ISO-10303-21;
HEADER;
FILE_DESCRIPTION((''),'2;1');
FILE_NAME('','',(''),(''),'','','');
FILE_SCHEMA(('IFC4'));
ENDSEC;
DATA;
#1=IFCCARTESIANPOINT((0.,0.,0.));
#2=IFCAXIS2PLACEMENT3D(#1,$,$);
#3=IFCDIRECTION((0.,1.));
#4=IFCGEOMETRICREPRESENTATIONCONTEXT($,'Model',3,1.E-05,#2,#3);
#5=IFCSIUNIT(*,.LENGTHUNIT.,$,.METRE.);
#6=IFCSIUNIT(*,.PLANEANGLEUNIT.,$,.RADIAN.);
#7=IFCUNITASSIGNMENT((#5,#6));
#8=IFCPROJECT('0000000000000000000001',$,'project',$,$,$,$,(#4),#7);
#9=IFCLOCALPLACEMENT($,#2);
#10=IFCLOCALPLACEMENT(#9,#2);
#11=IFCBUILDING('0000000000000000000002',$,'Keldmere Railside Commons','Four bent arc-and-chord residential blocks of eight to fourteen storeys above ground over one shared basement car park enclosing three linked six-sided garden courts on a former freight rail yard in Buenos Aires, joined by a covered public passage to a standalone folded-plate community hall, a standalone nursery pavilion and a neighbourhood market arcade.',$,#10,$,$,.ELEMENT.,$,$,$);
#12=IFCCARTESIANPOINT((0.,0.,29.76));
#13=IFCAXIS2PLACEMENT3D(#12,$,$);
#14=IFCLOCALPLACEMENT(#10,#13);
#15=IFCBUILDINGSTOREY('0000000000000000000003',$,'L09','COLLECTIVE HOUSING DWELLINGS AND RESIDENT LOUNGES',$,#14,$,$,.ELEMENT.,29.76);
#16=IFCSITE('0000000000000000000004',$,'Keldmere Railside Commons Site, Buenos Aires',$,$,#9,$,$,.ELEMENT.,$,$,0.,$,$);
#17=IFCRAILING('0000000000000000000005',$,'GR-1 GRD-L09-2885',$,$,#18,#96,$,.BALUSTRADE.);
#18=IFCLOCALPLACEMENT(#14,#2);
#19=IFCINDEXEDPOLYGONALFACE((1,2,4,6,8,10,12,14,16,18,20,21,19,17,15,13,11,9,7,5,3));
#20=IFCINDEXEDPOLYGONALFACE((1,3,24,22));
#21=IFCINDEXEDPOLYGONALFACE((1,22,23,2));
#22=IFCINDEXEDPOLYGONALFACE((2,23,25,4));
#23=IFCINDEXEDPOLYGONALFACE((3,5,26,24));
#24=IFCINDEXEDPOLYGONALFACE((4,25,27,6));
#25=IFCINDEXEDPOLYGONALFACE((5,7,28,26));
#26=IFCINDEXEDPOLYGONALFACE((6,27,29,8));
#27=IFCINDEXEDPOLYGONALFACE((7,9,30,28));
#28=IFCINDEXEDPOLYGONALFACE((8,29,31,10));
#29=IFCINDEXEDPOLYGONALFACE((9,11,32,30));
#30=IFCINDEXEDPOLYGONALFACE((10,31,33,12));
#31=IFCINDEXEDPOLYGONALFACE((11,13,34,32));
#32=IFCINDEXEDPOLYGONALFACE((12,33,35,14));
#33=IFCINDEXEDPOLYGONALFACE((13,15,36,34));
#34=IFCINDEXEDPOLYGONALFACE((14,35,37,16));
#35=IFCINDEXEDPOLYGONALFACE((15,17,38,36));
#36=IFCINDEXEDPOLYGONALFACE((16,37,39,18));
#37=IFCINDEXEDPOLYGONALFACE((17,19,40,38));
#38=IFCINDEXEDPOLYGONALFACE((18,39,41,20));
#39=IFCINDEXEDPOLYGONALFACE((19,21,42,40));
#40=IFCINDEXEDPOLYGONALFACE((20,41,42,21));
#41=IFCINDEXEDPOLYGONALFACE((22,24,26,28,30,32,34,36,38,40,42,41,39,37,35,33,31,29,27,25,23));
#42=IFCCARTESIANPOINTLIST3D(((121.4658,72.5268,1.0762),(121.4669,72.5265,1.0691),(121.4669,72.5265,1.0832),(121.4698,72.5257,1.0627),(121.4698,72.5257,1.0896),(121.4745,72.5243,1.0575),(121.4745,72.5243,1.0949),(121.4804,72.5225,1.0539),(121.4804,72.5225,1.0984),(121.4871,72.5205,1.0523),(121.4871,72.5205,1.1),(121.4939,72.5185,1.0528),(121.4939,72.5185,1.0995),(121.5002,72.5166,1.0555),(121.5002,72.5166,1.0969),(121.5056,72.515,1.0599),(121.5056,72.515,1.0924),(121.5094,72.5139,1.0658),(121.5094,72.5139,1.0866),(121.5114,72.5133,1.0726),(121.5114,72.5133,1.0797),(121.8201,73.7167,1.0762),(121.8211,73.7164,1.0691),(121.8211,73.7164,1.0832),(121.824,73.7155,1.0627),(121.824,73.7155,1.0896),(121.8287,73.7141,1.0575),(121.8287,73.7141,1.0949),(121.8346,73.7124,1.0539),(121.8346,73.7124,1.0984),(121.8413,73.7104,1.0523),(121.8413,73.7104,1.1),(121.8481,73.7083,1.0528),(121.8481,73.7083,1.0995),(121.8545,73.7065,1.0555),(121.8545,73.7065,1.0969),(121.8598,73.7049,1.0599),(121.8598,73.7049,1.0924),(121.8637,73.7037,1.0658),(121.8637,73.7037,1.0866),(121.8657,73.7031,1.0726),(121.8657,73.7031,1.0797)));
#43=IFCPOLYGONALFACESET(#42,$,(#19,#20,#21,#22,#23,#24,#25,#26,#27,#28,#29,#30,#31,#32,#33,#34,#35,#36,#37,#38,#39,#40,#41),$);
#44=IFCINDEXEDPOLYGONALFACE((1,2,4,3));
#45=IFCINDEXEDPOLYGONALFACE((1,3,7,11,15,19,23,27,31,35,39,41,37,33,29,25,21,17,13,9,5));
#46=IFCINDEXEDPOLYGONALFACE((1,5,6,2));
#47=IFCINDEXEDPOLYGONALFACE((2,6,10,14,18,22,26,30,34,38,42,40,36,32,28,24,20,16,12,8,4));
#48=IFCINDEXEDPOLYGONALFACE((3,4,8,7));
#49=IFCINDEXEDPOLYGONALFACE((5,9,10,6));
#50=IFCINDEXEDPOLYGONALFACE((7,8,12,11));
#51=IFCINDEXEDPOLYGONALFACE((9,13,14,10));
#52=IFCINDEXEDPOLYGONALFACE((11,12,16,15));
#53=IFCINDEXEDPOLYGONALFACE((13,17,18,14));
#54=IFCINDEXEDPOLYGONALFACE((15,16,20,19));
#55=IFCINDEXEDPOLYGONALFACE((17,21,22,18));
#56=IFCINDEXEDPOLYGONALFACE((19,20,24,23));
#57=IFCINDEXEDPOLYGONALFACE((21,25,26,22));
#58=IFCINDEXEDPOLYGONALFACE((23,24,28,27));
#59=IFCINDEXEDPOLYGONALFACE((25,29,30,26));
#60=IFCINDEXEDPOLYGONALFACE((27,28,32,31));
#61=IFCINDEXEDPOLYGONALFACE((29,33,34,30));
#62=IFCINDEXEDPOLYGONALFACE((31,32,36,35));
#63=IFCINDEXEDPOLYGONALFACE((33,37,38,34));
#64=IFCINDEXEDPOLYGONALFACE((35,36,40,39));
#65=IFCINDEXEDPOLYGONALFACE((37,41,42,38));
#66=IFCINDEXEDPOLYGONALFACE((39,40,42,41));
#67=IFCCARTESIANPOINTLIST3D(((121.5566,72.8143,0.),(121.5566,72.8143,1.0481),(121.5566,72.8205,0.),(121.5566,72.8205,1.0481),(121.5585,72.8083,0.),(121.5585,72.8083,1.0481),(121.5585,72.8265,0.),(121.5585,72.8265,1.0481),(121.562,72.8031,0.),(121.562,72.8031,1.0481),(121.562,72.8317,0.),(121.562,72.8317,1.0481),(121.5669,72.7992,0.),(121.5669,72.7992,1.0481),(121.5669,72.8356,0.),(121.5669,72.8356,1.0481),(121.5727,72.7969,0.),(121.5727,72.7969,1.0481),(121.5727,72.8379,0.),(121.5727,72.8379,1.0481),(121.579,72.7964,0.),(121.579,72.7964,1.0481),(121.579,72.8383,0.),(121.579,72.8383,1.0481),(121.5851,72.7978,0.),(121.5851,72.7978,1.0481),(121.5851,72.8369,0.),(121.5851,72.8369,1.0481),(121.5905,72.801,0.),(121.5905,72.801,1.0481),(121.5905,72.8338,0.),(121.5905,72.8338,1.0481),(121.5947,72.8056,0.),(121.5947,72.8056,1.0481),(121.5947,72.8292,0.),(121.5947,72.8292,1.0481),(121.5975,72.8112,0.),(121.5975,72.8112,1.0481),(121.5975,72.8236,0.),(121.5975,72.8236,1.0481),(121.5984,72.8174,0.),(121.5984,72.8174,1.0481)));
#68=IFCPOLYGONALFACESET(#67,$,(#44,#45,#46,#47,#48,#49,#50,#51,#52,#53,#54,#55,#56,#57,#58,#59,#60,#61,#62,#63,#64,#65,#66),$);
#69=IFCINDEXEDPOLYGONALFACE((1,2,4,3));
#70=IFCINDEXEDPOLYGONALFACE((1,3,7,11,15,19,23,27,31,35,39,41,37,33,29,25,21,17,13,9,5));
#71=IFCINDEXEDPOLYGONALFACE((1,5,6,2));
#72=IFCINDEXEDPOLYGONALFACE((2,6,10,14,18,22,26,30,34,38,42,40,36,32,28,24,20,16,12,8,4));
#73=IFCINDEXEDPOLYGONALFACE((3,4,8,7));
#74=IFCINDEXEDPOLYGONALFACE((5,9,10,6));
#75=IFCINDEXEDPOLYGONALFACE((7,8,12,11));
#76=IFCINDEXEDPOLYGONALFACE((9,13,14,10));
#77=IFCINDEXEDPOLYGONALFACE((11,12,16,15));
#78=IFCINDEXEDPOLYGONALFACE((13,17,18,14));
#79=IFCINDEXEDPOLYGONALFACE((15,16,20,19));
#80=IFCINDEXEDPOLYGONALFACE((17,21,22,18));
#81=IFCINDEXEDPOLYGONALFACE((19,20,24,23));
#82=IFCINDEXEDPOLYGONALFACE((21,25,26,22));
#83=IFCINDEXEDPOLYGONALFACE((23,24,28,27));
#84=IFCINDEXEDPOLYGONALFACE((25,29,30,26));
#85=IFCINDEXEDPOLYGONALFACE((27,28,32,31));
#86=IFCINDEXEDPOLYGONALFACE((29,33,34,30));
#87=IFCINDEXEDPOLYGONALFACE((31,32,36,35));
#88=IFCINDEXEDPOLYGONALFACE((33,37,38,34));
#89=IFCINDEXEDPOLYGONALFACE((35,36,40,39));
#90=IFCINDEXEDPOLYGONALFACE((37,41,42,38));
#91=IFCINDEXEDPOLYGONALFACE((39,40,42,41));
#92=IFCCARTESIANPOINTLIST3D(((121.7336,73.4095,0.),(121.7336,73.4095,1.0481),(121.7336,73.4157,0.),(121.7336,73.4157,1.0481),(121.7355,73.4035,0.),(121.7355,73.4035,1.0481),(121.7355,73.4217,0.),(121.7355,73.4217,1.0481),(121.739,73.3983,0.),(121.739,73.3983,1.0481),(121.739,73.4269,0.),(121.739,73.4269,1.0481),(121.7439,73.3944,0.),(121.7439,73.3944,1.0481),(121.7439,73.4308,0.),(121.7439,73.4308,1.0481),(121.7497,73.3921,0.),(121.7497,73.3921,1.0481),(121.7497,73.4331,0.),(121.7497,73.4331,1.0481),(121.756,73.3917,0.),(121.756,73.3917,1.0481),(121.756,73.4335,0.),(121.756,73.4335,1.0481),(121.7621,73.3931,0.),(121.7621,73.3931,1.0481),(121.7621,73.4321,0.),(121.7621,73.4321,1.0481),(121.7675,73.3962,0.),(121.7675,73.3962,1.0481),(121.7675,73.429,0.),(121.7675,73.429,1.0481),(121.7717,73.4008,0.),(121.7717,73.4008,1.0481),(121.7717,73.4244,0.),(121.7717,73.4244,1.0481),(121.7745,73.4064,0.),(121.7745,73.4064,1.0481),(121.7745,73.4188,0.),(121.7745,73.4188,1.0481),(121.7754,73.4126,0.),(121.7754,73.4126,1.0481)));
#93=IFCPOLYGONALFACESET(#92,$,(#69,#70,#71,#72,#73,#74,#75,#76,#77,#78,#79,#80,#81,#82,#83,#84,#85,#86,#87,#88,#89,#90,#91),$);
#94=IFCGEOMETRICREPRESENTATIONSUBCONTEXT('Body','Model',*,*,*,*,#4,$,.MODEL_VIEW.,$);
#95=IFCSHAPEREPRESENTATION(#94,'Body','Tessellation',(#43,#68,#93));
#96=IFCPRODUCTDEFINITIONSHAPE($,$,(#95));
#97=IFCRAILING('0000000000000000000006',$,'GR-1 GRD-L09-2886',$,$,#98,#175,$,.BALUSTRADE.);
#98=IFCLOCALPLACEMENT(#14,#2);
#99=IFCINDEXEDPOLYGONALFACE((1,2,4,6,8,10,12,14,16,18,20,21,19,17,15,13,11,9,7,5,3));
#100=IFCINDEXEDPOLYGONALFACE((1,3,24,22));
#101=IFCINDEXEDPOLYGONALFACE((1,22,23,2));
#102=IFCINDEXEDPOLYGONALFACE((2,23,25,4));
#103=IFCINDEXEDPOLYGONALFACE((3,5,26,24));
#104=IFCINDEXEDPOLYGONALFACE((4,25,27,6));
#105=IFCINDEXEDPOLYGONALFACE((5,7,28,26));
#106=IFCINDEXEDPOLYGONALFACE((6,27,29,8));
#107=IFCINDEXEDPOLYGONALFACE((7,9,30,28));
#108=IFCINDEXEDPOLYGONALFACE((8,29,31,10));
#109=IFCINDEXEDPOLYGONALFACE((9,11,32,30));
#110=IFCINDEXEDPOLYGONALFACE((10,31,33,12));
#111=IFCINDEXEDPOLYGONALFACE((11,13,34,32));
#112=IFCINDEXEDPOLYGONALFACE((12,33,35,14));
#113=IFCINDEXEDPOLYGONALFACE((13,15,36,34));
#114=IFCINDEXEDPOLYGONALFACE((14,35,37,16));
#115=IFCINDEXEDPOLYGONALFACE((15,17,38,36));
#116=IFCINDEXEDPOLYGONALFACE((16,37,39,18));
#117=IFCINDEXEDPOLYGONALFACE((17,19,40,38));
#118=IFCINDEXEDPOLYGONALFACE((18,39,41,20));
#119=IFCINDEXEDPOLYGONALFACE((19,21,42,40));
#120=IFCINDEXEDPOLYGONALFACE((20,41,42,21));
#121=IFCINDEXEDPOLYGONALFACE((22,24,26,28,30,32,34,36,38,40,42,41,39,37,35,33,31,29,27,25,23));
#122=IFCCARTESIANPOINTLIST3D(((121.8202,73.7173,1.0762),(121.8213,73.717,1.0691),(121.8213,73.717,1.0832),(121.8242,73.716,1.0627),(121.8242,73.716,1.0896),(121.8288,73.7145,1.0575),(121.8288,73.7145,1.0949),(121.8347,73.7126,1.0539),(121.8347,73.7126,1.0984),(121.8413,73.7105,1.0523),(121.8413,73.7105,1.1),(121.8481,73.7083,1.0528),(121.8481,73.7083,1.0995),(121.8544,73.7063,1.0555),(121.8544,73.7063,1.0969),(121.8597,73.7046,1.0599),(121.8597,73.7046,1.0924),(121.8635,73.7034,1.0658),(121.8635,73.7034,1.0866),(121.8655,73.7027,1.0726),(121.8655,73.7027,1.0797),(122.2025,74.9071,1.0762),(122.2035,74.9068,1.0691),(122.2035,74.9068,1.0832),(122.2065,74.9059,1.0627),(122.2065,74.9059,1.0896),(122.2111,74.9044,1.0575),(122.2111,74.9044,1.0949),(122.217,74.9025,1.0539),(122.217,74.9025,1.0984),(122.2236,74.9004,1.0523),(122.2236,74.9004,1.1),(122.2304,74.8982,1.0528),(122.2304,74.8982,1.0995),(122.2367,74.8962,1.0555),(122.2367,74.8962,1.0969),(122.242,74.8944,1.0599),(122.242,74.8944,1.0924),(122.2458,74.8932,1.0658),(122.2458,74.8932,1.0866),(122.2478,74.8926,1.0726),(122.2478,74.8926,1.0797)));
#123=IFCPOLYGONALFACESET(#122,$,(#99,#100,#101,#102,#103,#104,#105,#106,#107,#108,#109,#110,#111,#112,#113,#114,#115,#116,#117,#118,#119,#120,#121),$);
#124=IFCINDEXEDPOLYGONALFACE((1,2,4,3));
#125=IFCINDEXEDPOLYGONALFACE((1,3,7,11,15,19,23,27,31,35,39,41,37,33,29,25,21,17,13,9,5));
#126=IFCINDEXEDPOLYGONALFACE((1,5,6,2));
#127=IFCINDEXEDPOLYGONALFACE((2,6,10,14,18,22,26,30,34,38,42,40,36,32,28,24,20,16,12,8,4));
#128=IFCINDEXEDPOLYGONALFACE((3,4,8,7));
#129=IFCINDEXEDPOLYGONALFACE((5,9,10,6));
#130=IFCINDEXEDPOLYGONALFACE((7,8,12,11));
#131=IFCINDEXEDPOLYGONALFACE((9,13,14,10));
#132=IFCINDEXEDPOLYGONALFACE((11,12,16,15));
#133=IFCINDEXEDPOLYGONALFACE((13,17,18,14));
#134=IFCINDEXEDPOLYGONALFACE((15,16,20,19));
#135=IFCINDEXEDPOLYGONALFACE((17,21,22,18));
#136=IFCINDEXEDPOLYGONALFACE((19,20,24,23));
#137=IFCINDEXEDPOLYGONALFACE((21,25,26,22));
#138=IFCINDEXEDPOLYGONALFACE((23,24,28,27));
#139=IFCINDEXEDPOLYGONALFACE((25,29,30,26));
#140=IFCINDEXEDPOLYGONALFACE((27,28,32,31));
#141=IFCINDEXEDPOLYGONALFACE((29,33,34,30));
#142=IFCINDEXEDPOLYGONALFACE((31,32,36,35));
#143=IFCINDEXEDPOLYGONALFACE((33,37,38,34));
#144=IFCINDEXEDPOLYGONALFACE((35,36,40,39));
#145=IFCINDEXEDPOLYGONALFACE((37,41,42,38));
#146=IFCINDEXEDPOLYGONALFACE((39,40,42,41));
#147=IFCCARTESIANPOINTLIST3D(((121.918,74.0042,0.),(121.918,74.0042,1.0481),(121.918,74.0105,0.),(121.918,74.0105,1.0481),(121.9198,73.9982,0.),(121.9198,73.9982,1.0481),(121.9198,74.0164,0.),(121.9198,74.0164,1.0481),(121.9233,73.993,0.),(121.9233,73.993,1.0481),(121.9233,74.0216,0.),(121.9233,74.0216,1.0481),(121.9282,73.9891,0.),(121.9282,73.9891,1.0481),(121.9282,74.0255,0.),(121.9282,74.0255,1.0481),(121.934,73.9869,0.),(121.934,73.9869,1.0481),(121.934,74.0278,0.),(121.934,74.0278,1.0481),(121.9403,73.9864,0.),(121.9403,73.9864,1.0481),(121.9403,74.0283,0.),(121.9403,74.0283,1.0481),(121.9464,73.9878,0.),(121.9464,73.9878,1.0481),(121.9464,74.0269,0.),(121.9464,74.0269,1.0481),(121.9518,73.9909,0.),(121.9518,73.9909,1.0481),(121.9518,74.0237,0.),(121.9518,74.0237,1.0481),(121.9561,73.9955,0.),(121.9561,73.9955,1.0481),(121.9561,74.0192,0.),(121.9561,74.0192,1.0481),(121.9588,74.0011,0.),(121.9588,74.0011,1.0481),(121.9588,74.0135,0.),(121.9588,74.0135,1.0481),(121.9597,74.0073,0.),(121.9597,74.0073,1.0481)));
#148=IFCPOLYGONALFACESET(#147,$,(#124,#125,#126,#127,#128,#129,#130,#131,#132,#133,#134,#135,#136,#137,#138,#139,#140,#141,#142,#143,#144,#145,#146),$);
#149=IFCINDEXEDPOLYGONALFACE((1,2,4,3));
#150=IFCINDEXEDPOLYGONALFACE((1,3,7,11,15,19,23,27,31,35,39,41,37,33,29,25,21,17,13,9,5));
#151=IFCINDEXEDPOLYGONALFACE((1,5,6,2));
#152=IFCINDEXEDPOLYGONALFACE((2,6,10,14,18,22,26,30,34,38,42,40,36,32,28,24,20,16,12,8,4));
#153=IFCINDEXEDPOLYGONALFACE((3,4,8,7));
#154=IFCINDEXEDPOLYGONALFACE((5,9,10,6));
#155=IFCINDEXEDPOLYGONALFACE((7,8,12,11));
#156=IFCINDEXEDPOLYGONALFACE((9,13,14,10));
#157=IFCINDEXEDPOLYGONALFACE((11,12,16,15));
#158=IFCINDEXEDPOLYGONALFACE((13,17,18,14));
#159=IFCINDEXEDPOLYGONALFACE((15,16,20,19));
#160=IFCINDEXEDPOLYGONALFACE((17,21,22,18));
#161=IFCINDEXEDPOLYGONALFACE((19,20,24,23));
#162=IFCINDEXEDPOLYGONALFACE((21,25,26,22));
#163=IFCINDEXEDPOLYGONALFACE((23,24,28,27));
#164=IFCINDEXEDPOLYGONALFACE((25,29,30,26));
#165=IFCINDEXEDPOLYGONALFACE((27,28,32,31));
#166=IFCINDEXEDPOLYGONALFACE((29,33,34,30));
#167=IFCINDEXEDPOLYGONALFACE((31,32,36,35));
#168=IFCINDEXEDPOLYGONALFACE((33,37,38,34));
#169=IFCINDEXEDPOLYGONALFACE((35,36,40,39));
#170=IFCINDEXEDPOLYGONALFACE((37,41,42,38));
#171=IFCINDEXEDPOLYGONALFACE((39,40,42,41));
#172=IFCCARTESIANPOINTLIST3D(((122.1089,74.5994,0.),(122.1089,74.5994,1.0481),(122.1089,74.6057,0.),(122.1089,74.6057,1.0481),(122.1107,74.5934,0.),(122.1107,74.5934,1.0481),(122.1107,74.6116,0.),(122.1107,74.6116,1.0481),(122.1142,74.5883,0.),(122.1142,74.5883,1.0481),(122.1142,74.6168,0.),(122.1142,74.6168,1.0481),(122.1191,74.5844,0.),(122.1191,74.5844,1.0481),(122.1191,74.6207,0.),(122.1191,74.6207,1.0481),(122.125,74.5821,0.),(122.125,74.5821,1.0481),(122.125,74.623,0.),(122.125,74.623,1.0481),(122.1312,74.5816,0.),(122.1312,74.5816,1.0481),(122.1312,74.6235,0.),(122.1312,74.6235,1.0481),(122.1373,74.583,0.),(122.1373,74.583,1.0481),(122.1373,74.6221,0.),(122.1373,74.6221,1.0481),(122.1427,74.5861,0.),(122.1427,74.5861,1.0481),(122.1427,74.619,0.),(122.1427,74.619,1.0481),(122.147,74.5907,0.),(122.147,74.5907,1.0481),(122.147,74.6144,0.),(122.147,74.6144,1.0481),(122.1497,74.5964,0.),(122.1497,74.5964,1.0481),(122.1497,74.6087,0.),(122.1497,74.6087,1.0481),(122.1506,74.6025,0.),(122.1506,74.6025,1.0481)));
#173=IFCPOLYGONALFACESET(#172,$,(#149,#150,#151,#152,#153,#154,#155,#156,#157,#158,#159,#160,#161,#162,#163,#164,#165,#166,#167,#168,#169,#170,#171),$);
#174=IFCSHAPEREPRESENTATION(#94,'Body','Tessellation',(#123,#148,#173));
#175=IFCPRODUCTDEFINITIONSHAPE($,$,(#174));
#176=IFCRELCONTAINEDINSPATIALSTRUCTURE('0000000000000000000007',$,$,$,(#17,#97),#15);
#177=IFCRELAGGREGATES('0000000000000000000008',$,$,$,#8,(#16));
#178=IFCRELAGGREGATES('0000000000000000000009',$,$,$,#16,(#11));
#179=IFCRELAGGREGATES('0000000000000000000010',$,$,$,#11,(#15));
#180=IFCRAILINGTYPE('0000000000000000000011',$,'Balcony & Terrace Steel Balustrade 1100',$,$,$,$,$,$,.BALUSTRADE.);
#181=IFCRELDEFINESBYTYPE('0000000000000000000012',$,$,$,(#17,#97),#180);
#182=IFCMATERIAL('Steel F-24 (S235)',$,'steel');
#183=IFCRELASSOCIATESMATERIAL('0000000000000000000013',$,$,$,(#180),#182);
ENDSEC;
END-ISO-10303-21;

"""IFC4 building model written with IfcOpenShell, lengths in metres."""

from ifc_helpers import new_model, si_unit, direction, frame, origin, origin_2d, place, context, subcontext, project, spatial, circle, extrude, material, type_object, element, save


model = new_model("IFC4")

# Units and contexts
model_context = context("Model", 3, precision=1e-05, world=origin(), true_north=direction((0.0, 1.0)))
body_context = subcontext(model_context, "Body", "Model", "MODEL_VIEW")
ifc_project = project(units=[si_unit("LENGTHUNIT", "METRE"), si_unit("PLANEANGLEUNIT", "RADIAN")], contexts=[model_context])

# Site, building, storey
site_placement = place(None, origin())
site = spatial("IfcSite", under=ifc_project, at=site_placement, Name="Keldmere Railside Commons Site, Buenos Aires", CompositionType="ELEMENT", RefElevation=0.0)
building_placement = place(site_placement, origin())
building = spatial("IfcBuilding", under=site, at=building_placement, Name="Keldmere Railside Commons", Description="Four bent arc-and-chord residential blocks of eight to fourteen storeys above ground over one shared basement car park enclosing three linked six-sided garden courts on a former freight rail yard in Buenos Aires, joined by a covered public passage to a standalone folded-plate community hall, a standalone nursery pavilion and a neighbourhood market arcade.", CompositionType="ELEMENT")
storey_placement = place(building_placement, frame((0.0, 0.0, 29.76)))
storey = spatial("IfcBuildingStorey", under=building, at=storey_placement, Name="L09", Description="COLLECTIVE HOUSING DWELLINGS AND RESIDENT LOUNGES", CompositionType="ELEMENT", Elevation=29.76)

# Railings
ifc_material_1 = material(Name="Steel F-24 (S235)", Category="steel")
railing_type = type_object("IfcRailingType", Name="Balcony & Terrace Steel Balustrade 1100", PredefinedType="BALUSTRADE", material=ifc_material_1)
railing_1_placement = place(storey_placement, frame((121.4888, 72.52, 0.0)))
element("IfcRailing", 1, at=railing_1_placement, inside=storey, type_object=railing_type, Name="GR-1 GRD-L09-2885", PredefinedType="BALUSTRADE", context=body_context, shape_type="SweptSolid", body=[
    extrude(circle(Radius=0.0239, at=origin_2d()), frame((0.0, 0.0, 1.0762), z_axis=(0.285327, 0.95843, 0.0), x_axis=(-0.95843, 0.285327, 0.0)), (0.0, 0.0, 1.0), 1.2415),
    extrude(circle(Radius=0.021, at=origin_2d()), frame((0.0886, 0.2974, 0.0)), (0.0, 0.0, 1.0), 1.0481),
    extrude(circle(Radius=0.021, at=origin_2d()), frame((0.2656, 0.8926, 0.0)), (0.0, 0.0, 1.0), 1.0481),
])
railing_2_placement = place(storey_placement, frame((121.843, 73.71, 0.0)))
element("IfcRailing", 2, at=railing_2_placement, inside=storey, type_object=railing_type, Name="GR-1 GRD-L09-2886", PredefinedType="BALUSTRADE", context=body_context, shape_type="SweptSolid", body=[
    extrude(circle(Radius=0.0239, at=origin_2d()), frame((0.0, 0.0, 1.0762), z_axis=(0.305895, 0.952065, 0.0), x_axis=(-0.952065, 0.305895, 0.0)), (0.0, 0.0, 1.0), 1.2498),
    extrude(circle(Radius=0.021, at=origin_2d()), frame((0.0957, 0.2974, 0.0)), (0.0, 0.0, 1.0), 1.0481),
    extrude(circle(Radius=0.021, at=origin_2d()), frame((0.2866, 0.8926, 0.0)), (0.0, 0.0, 1.0), 1.0481),
])

save(model, "model.ifc")
